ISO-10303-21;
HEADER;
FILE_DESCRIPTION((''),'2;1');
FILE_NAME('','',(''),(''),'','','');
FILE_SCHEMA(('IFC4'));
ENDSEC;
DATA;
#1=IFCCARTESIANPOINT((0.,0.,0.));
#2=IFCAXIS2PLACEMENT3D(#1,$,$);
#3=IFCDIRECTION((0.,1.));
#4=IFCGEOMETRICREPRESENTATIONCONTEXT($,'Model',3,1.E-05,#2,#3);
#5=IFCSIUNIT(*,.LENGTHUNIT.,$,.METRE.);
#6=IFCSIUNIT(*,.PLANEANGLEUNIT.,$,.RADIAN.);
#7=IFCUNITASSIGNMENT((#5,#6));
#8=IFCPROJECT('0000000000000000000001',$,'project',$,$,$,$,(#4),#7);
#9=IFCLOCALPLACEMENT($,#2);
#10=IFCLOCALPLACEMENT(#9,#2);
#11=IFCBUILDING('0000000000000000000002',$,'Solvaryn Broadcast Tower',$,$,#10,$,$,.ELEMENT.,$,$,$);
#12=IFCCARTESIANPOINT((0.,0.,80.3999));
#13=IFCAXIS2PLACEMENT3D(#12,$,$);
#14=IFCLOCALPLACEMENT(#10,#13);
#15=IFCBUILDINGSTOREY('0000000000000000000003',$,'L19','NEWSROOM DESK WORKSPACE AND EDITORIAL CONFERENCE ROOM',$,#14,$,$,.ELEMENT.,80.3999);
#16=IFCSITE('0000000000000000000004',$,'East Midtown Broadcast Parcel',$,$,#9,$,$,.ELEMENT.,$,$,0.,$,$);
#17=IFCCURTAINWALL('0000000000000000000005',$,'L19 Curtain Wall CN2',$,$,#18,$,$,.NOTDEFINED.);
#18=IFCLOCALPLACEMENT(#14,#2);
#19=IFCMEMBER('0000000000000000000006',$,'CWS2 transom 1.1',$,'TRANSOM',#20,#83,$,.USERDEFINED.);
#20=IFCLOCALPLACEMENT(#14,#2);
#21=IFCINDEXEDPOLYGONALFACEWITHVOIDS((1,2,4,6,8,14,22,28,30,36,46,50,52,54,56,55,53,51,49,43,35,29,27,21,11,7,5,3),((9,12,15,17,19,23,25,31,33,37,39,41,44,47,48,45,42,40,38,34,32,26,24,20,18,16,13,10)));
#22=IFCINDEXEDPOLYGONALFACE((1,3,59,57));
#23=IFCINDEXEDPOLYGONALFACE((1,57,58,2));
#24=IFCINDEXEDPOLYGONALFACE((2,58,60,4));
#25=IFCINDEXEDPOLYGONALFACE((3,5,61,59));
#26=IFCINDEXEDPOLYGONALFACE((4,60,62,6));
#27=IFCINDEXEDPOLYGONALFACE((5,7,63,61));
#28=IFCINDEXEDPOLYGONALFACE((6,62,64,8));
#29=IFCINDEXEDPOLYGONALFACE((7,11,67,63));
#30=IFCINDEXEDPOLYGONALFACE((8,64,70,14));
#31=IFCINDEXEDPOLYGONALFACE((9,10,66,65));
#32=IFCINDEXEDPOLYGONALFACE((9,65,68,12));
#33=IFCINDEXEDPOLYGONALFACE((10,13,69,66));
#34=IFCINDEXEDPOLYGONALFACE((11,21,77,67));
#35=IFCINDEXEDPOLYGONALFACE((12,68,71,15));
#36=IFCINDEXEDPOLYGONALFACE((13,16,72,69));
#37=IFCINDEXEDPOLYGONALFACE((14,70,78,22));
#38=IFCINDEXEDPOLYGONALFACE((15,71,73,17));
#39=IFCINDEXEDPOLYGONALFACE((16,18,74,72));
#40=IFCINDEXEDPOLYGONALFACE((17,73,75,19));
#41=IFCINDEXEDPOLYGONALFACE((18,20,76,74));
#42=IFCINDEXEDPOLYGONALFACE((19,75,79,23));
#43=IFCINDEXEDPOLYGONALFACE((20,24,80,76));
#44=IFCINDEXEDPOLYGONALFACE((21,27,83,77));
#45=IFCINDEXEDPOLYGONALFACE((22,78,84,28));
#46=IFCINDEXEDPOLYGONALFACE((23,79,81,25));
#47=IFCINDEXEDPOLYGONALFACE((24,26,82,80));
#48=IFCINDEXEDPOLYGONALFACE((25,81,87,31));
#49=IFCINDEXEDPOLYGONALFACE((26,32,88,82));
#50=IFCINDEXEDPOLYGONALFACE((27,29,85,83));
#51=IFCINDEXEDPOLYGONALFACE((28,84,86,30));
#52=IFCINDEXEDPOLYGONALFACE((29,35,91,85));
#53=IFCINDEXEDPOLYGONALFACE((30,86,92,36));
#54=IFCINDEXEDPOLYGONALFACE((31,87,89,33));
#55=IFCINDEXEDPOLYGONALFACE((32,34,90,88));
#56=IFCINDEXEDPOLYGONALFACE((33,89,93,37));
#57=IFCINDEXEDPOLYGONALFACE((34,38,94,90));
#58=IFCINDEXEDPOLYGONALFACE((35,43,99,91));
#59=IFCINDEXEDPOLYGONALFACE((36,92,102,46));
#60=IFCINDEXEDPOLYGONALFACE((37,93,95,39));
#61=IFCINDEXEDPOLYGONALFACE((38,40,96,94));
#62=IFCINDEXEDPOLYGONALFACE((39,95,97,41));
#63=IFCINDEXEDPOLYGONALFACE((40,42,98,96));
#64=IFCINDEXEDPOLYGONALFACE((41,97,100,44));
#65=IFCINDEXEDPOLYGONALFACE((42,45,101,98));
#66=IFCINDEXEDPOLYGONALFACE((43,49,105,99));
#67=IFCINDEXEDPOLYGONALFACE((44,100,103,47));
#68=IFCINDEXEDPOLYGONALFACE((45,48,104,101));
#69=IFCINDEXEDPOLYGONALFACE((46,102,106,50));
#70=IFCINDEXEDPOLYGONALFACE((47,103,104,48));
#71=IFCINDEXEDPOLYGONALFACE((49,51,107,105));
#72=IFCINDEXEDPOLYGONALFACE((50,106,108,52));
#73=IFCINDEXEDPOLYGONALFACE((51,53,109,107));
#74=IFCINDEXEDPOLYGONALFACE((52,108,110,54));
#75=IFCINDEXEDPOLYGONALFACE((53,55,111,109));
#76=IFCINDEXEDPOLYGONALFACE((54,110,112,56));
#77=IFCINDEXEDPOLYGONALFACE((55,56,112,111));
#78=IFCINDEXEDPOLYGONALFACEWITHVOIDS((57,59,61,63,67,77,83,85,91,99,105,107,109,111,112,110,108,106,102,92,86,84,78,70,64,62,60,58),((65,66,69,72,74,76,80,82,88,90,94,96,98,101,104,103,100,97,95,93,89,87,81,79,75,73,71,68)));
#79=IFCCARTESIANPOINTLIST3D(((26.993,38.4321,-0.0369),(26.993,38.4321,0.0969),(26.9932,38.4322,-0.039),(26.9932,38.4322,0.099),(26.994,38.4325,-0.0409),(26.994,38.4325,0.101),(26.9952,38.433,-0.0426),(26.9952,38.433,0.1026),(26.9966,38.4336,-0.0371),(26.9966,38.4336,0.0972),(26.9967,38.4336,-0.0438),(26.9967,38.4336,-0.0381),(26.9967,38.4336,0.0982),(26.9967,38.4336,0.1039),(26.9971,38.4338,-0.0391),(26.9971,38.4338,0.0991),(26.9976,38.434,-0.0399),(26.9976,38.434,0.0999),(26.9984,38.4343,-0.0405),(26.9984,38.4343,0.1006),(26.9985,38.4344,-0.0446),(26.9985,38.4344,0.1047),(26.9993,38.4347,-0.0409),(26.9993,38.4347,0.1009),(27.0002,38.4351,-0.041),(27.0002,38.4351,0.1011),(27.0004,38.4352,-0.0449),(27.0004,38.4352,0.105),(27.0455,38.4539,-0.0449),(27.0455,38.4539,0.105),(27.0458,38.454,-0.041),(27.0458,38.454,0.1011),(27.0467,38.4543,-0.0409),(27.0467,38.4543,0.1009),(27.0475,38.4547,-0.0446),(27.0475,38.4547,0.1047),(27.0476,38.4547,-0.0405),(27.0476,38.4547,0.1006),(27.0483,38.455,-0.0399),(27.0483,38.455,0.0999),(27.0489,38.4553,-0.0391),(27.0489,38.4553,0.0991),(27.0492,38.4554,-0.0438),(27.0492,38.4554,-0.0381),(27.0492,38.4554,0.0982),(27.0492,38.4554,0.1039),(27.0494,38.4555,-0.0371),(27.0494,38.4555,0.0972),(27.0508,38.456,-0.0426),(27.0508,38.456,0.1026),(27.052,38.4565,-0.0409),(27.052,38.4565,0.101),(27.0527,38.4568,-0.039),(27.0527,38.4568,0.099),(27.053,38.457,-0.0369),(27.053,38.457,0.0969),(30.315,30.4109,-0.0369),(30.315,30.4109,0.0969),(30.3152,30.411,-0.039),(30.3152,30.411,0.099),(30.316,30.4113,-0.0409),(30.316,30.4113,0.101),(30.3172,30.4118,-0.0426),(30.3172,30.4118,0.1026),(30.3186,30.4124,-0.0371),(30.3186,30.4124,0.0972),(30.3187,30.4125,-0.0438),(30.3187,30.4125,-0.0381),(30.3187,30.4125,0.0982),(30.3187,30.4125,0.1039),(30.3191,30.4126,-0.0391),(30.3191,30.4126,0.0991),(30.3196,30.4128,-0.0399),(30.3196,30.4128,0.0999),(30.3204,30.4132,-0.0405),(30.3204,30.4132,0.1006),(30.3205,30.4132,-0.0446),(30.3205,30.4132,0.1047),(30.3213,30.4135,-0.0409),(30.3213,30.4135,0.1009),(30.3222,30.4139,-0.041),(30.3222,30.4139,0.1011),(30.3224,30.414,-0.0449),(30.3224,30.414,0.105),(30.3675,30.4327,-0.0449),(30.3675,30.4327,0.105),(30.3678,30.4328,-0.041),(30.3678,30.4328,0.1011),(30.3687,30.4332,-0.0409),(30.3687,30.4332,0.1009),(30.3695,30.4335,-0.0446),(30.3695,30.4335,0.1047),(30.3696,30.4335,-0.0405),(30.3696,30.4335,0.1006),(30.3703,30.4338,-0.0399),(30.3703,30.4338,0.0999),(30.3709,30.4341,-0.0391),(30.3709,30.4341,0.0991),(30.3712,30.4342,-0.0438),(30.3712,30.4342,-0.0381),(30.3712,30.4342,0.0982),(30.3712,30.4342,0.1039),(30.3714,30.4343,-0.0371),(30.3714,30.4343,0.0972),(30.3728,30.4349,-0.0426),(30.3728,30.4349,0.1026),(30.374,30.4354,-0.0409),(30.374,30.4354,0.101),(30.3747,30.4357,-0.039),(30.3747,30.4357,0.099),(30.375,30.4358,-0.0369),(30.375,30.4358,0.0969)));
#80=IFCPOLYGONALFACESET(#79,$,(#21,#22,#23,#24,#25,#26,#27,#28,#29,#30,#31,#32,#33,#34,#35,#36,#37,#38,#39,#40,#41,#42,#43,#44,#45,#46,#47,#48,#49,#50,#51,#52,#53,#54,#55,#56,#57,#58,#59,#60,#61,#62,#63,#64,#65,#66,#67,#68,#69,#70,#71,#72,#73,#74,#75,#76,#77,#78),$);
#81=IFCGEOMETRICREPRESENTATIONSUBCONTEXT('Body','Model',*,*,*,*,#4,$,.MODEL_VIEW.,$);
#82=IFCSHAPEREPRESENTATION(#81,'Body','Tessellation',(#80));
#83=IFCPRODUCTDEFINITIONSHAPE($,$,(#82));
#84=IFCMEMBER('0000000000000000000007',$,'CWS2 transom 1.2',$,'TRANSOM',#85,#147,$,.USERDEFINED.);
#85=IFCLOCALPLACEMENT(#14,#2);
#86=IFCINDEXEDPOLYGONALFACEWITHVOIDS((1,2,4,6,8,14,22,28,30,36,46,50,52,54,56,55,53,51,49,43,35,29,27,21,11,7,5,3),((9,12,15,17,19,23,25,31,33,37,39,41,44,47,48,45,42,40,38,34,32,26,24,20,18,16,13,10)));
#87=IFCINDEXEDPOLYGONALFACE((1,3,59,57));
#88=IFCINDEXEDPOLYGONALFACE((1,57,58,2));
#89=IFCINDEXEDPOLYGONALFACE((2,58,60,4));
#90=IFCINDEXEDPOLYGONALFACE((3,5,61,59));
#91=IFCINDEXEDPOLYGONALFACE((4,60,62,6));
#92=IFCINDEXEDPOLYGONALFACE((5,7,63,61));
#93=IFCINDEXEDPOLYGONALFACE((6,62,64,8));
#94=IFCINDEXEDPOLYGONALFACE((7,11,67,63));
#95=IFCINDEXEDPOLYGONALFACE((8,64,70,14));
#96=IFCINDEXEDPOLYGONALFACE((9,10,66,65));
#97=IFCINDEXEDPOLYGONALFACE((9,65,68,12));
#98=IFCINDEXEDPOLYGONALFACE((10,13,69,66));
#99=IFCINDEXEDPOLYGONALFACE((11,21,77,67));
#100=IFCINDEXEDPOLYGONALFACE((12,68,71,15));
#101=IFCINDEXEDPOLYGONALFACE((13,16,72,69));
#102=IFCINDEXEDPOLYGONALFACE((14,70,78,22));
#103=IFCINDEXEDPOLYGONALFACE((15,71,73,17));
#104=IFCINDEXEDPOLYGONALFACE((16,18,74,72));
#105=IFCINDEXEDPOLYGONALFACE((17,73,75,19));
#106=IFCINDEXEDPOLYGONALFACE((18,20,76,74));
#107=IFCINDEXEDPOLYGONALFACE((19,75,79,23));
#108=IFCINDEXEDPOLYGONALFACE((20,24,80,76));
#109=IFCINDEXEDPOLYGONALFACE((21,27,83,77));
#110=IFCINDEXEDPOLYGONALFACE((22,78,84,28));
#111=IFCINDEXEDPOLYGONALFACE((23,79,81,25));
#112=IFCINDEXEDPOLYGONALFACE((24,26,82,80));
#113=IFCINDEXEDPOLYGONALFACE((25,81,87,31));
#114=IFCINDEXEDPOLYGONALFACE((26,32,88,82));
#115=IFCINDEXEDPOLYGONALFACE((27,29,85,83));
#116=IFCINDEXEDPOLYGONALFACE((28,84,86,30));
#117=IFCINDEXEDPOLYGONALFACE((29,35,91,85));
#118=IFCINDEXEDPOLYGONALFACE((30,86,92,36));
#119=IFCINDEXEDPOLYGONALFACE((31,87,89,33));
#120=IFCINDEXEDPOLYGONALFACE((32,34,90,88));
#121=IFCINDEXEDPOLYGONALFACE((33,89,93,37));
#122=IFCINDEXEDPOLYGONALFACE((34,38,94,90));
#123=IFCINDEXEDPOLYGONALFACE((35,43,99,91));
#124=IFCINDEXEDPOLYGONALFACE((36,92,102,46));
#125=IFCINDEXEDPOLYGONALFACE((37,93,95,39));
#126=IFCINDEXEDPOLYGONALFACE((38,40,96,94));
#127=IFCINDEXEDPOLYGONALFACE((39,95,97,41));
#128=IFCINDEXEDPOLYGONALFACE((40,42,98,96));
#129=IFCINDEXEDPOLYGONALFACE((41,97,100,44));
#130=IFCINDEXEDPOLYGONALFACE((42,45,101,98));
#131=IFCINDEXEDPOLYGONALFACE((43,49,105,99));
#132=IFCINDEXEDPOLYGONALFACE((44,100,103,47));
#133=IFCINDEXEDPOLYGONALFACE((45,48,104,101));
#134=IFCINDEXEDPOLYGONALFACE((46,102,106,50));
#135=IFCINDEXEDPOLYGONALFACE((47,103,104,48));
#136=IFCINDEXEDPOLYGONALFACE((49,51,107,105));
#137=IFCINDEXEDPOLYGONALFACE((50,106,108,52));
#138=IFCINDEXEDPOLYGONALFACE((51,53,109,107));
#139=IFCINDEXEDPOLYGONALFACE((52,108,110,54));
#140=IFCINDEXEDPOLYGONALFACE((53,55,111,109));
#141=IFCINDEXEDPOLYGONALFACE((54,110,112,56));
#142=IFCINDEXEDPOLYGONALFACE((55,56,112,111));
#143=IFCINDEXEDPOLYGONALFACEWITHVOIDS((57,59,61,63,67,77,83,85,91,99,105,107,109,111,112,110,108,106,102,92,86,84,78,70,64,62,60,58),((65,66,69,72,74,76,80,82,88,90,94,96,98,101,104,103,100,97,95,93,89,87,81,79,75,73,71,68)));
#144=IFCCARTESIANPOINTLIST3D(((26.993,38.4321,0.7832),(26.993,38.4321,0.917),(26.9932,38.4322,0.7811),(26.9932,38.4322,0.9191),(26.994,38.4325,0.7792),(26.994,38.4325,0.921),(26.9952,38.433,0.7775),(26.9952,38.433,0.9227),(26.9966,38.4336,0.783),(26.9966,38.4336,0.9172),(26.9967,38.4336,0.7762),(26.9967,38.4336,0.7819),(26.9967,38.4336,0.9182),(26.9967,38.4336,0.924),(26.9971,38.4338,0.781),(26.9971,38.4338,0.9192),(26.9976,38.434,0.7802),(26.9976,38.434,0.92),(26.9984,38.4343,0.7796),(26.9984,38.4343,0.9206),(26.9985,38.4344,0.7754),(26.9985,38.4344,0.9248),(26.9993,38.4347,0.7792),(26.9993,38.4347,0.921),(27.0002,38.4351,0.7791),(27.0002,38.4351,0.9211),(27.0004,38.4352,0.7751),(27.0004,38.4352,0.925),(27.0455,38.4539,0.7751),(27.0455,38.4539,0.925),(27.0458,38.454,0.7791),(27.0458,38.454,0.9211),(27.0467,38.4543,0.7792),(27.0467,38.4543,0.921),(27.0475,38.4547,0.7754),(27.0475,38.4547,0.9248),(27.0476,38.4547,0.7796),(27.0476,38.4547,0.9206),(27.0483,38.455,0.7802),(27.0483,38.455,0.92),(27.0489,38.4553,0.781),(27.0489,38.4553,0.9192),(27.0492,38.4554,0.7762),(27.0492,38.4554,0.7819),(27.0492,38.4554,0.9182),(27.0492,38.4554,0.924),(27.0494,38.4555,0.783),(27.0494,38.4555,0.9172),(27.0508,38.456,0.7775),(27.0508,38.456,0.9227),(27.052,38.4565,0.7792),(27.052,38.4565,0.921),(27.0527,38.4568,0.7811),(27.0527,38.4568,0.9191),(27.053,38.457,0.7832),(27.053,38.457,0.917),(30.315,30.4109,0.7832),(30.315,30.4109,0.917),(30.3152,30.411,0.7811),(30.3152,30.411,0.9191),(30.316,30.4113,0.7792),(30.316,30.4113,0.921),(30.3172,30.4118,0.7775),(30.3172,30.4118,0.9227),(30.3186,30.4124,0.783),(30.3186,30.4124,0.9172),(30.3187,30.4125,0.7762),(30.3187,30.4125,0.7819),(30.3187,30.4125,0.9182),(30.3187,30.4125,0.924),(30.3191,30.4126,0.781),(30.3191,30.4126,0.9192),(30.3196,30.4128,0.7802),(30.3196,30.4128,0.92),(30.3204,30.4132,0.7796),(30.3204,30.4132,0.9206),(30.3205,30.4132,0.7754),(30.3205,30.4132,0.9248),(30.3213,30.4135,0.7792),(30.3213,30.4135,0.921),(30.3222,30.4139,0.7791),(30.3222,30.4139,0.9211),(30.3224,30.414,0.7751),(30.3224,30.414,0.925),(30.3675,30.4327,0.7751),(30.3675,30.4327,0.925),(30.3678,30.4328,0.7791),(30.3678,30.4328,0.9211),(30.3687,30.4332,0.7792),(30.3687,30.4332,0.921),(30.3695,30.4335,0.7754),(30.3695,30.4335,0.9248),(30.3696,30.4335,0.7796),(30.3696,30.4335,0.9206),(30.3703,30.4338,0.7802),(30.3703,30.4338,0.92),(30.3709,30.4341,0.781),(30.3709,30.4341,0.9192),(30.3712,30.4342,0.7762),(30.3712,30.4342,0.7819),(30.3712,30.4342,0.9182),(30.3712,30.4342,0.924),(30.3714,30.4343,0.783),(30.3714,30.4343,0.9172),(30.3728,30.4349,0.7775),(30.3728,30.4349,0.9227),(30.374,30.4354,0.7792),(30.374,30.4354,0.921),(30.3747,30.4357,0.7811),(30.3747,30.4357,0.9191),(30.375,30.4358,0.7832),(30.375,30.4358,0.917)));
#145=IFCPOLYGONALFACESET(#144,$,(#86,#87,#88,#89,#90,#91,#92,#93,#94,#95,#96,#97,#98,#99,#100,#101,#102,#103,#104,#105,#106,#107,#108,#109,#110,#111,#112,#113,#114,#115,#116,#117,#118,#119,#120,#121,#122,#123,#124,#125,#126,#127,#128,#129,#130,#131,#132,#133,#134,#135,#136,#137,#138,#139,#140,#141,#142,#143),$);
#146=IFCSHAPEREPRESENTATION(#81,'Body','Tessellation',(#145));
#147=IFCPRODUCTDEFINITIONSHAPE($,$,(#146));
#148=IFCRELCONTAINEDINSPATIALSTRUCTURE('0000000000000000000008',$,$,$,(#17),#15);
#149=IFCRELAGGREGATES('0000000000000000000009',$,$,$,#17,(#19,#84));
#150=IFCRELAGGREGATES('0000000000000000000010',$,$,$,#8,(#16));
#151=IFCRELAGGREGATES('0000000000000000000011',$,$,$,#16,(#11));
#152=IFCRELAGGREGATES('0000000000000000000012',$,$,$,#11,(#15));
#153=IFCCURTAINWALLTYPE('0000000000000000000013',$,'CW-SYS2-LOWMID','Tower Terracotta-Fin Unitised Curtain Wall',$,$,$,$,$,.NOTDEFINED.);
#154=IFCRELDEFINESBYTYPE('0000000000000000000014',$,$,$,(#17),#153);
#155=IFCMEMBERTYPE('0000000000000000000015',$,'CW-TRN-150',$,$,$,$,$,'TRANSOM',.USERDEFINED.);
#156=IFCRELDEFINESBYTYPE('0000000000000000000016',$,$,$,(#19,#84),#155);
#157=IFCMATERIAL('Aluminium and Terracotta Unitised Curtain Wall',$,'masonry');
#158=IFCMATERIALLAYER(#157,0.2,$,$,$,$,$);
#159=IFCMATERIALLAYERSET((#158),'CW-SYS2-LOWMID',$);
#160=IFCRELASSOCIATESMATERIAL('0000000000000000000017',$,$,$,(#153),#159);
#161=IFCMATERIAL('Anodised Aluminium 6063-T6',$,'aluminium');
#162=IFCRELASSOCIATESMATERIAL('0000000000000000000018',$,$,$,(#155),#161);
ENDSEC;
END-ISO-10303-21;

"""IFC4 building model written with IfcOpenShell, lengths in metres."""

from ifc_helpers import new_model, si_unit, direction, frame, origin, origin_2d, place, context, subcontext, project, spatial, hollow_rectangle, extrude, material, layer, layer_set, material_profile, profile_set, type_object, element, aggregate, save


model = new_model("IFC4")

# Units and contexts
model_context = context("Model", 3, precision=1e-05, world=origin(), true_north=direction((0.0, 1.0)))
body_context = subcontext(model_context, "Body", "Model", "MODEL_VIEW")
ifc_project = project(units=[si_unit("LENGTHUNIT", "METRE"), si_unit("PLANEANGLEUNIT", "RADIAN")], contexts=[model_context])

# Site, building, storey
site_placement = place(None, origin())
site = spatial("IfcSite", under=ifc_project, at=site_placement, Name="East Midtown Broadcast Parcel", CompositionType="ELEMENT", RefElevation=0.0)
building_placement = place(site_placement, origin())
building = spatial("IfcBuilding", under=site, at=building_placement, Name="Solvaryn Broadcast Tower", CompositionType="ELEMENT")
storey_placement = place(building_placement, frame((0.0, 0.0, 80.3999)))
storey = spatial("IfcBuildingStorey", under=building, at=storey_placement, Name="L19", Description="NEWSROOM DESK WORKSPACE AND EDITORIAL CONFERENCE ROOM", CompositionType="ELEMENT", Elevation=80.3999)

# Shared definitions
ifc_material_1 = material(Name="Aluminium and Terracotta Unitised Curtain Wall", Category="masonry")
ifc_layer_1 = layer(ifc_material_1, 0.2)
ifc_layer_set_1 = layer_set([ifc_layer_1], Name="CW-SYS2-LOWMID")
curtain_wall_type = type_object("IfcCurtainWallType", Name="CW-SYS2-LOWMID", Description="Tower Terracotta-Fin Unitised Curtain Wall", PredefinedType="NOTDEFINED", material=ifc_layer_set_1)

# Curtain wall, members
curtain_wall_1_placement = place(storey_placement, origin())
curtain_wall_1 = element("IfcCurtainWall", 1, at=curtain_wall_1_placement, inside=storey, type_object=curtain_wall_type, Name="L19 Curtain Wall CN2", PredefinedType="NOTDEFINED")
ifc_material_2 = material(Name="Anodised Aluminium 6063-T6", Category="aluminium")
ifc_material_profile_1 = material_profile(ifc_material_2, hollow_rectangle(XDim=0.0649, YDim=0.1499, WallThickness=0.0039, InnerFilletRadius=0.0039, OuterFilletRadius=0.0081, at=origin_2d()))
ifc_profile_set_1 = profile_set([ifc_material_profile_1], Name="Anodised Aluminium 6063-T6")
member_type_1 = type_object("IfcMemberType", Name="CW-TRN-150", ElementType="TRANSOM", PredefinedType="USERDEFINED", material=ifc_profile_set_1)
member_1_placement = place(storey_placement, frame((30.345, 30.4233, 0.03), z_axis=(-0.382636, 0.923899, 0.0), x_axis=(-0.923899, -0.382636, 0.0)))
member_1 = element("IfcMember", 2, at=member_1_placement, type_object=member_type_1, Name="CWS2 transom 1.1", ObjectType="TRANSOM", PredefinedType="USERDEFINED", context=body_context, shape_type="SweptSolid", body=[
    extrude(hollow_rectangle(XDim=0.0649, YDim=0.1499, WallThickness=0.0039, InnerFilletRadius=0.0039, OuterFilletRadius=0.0081, at=origin_2d()), origin(), (0.0, 0.0, 1.0), 8.6819),
])
member_2_placement = place(storey_placement, frame((30.345, 30.4233, 0.8501), z_axis=(-0.382636, 0.923899, 0.0), x_axis=(-0.923899, -0.382636, 0.0)))
member_2 = element("IfcMember", 3, at=member_2_placement, type_object=member_type_1, Name="CWS2 transom 1.2", ObjectType="TRANSOM", PredefinedType="USERDEFINED", context=body_context, shape_type="SweptSolid", body=[
    extrude(hollow_rectangle(XDim=0.0649, YDim=0.1499, WallThickness=0.0039, InnerFilletRadius=0.0039, OuterFilletRadius=0.0081, at=origin_2d()), origin(), (0.0, 0.0, 1.0), 8.6819),
])
aggregate(curtain_wall_1, [member_1, member_2])

save(model, "model.ifc")
